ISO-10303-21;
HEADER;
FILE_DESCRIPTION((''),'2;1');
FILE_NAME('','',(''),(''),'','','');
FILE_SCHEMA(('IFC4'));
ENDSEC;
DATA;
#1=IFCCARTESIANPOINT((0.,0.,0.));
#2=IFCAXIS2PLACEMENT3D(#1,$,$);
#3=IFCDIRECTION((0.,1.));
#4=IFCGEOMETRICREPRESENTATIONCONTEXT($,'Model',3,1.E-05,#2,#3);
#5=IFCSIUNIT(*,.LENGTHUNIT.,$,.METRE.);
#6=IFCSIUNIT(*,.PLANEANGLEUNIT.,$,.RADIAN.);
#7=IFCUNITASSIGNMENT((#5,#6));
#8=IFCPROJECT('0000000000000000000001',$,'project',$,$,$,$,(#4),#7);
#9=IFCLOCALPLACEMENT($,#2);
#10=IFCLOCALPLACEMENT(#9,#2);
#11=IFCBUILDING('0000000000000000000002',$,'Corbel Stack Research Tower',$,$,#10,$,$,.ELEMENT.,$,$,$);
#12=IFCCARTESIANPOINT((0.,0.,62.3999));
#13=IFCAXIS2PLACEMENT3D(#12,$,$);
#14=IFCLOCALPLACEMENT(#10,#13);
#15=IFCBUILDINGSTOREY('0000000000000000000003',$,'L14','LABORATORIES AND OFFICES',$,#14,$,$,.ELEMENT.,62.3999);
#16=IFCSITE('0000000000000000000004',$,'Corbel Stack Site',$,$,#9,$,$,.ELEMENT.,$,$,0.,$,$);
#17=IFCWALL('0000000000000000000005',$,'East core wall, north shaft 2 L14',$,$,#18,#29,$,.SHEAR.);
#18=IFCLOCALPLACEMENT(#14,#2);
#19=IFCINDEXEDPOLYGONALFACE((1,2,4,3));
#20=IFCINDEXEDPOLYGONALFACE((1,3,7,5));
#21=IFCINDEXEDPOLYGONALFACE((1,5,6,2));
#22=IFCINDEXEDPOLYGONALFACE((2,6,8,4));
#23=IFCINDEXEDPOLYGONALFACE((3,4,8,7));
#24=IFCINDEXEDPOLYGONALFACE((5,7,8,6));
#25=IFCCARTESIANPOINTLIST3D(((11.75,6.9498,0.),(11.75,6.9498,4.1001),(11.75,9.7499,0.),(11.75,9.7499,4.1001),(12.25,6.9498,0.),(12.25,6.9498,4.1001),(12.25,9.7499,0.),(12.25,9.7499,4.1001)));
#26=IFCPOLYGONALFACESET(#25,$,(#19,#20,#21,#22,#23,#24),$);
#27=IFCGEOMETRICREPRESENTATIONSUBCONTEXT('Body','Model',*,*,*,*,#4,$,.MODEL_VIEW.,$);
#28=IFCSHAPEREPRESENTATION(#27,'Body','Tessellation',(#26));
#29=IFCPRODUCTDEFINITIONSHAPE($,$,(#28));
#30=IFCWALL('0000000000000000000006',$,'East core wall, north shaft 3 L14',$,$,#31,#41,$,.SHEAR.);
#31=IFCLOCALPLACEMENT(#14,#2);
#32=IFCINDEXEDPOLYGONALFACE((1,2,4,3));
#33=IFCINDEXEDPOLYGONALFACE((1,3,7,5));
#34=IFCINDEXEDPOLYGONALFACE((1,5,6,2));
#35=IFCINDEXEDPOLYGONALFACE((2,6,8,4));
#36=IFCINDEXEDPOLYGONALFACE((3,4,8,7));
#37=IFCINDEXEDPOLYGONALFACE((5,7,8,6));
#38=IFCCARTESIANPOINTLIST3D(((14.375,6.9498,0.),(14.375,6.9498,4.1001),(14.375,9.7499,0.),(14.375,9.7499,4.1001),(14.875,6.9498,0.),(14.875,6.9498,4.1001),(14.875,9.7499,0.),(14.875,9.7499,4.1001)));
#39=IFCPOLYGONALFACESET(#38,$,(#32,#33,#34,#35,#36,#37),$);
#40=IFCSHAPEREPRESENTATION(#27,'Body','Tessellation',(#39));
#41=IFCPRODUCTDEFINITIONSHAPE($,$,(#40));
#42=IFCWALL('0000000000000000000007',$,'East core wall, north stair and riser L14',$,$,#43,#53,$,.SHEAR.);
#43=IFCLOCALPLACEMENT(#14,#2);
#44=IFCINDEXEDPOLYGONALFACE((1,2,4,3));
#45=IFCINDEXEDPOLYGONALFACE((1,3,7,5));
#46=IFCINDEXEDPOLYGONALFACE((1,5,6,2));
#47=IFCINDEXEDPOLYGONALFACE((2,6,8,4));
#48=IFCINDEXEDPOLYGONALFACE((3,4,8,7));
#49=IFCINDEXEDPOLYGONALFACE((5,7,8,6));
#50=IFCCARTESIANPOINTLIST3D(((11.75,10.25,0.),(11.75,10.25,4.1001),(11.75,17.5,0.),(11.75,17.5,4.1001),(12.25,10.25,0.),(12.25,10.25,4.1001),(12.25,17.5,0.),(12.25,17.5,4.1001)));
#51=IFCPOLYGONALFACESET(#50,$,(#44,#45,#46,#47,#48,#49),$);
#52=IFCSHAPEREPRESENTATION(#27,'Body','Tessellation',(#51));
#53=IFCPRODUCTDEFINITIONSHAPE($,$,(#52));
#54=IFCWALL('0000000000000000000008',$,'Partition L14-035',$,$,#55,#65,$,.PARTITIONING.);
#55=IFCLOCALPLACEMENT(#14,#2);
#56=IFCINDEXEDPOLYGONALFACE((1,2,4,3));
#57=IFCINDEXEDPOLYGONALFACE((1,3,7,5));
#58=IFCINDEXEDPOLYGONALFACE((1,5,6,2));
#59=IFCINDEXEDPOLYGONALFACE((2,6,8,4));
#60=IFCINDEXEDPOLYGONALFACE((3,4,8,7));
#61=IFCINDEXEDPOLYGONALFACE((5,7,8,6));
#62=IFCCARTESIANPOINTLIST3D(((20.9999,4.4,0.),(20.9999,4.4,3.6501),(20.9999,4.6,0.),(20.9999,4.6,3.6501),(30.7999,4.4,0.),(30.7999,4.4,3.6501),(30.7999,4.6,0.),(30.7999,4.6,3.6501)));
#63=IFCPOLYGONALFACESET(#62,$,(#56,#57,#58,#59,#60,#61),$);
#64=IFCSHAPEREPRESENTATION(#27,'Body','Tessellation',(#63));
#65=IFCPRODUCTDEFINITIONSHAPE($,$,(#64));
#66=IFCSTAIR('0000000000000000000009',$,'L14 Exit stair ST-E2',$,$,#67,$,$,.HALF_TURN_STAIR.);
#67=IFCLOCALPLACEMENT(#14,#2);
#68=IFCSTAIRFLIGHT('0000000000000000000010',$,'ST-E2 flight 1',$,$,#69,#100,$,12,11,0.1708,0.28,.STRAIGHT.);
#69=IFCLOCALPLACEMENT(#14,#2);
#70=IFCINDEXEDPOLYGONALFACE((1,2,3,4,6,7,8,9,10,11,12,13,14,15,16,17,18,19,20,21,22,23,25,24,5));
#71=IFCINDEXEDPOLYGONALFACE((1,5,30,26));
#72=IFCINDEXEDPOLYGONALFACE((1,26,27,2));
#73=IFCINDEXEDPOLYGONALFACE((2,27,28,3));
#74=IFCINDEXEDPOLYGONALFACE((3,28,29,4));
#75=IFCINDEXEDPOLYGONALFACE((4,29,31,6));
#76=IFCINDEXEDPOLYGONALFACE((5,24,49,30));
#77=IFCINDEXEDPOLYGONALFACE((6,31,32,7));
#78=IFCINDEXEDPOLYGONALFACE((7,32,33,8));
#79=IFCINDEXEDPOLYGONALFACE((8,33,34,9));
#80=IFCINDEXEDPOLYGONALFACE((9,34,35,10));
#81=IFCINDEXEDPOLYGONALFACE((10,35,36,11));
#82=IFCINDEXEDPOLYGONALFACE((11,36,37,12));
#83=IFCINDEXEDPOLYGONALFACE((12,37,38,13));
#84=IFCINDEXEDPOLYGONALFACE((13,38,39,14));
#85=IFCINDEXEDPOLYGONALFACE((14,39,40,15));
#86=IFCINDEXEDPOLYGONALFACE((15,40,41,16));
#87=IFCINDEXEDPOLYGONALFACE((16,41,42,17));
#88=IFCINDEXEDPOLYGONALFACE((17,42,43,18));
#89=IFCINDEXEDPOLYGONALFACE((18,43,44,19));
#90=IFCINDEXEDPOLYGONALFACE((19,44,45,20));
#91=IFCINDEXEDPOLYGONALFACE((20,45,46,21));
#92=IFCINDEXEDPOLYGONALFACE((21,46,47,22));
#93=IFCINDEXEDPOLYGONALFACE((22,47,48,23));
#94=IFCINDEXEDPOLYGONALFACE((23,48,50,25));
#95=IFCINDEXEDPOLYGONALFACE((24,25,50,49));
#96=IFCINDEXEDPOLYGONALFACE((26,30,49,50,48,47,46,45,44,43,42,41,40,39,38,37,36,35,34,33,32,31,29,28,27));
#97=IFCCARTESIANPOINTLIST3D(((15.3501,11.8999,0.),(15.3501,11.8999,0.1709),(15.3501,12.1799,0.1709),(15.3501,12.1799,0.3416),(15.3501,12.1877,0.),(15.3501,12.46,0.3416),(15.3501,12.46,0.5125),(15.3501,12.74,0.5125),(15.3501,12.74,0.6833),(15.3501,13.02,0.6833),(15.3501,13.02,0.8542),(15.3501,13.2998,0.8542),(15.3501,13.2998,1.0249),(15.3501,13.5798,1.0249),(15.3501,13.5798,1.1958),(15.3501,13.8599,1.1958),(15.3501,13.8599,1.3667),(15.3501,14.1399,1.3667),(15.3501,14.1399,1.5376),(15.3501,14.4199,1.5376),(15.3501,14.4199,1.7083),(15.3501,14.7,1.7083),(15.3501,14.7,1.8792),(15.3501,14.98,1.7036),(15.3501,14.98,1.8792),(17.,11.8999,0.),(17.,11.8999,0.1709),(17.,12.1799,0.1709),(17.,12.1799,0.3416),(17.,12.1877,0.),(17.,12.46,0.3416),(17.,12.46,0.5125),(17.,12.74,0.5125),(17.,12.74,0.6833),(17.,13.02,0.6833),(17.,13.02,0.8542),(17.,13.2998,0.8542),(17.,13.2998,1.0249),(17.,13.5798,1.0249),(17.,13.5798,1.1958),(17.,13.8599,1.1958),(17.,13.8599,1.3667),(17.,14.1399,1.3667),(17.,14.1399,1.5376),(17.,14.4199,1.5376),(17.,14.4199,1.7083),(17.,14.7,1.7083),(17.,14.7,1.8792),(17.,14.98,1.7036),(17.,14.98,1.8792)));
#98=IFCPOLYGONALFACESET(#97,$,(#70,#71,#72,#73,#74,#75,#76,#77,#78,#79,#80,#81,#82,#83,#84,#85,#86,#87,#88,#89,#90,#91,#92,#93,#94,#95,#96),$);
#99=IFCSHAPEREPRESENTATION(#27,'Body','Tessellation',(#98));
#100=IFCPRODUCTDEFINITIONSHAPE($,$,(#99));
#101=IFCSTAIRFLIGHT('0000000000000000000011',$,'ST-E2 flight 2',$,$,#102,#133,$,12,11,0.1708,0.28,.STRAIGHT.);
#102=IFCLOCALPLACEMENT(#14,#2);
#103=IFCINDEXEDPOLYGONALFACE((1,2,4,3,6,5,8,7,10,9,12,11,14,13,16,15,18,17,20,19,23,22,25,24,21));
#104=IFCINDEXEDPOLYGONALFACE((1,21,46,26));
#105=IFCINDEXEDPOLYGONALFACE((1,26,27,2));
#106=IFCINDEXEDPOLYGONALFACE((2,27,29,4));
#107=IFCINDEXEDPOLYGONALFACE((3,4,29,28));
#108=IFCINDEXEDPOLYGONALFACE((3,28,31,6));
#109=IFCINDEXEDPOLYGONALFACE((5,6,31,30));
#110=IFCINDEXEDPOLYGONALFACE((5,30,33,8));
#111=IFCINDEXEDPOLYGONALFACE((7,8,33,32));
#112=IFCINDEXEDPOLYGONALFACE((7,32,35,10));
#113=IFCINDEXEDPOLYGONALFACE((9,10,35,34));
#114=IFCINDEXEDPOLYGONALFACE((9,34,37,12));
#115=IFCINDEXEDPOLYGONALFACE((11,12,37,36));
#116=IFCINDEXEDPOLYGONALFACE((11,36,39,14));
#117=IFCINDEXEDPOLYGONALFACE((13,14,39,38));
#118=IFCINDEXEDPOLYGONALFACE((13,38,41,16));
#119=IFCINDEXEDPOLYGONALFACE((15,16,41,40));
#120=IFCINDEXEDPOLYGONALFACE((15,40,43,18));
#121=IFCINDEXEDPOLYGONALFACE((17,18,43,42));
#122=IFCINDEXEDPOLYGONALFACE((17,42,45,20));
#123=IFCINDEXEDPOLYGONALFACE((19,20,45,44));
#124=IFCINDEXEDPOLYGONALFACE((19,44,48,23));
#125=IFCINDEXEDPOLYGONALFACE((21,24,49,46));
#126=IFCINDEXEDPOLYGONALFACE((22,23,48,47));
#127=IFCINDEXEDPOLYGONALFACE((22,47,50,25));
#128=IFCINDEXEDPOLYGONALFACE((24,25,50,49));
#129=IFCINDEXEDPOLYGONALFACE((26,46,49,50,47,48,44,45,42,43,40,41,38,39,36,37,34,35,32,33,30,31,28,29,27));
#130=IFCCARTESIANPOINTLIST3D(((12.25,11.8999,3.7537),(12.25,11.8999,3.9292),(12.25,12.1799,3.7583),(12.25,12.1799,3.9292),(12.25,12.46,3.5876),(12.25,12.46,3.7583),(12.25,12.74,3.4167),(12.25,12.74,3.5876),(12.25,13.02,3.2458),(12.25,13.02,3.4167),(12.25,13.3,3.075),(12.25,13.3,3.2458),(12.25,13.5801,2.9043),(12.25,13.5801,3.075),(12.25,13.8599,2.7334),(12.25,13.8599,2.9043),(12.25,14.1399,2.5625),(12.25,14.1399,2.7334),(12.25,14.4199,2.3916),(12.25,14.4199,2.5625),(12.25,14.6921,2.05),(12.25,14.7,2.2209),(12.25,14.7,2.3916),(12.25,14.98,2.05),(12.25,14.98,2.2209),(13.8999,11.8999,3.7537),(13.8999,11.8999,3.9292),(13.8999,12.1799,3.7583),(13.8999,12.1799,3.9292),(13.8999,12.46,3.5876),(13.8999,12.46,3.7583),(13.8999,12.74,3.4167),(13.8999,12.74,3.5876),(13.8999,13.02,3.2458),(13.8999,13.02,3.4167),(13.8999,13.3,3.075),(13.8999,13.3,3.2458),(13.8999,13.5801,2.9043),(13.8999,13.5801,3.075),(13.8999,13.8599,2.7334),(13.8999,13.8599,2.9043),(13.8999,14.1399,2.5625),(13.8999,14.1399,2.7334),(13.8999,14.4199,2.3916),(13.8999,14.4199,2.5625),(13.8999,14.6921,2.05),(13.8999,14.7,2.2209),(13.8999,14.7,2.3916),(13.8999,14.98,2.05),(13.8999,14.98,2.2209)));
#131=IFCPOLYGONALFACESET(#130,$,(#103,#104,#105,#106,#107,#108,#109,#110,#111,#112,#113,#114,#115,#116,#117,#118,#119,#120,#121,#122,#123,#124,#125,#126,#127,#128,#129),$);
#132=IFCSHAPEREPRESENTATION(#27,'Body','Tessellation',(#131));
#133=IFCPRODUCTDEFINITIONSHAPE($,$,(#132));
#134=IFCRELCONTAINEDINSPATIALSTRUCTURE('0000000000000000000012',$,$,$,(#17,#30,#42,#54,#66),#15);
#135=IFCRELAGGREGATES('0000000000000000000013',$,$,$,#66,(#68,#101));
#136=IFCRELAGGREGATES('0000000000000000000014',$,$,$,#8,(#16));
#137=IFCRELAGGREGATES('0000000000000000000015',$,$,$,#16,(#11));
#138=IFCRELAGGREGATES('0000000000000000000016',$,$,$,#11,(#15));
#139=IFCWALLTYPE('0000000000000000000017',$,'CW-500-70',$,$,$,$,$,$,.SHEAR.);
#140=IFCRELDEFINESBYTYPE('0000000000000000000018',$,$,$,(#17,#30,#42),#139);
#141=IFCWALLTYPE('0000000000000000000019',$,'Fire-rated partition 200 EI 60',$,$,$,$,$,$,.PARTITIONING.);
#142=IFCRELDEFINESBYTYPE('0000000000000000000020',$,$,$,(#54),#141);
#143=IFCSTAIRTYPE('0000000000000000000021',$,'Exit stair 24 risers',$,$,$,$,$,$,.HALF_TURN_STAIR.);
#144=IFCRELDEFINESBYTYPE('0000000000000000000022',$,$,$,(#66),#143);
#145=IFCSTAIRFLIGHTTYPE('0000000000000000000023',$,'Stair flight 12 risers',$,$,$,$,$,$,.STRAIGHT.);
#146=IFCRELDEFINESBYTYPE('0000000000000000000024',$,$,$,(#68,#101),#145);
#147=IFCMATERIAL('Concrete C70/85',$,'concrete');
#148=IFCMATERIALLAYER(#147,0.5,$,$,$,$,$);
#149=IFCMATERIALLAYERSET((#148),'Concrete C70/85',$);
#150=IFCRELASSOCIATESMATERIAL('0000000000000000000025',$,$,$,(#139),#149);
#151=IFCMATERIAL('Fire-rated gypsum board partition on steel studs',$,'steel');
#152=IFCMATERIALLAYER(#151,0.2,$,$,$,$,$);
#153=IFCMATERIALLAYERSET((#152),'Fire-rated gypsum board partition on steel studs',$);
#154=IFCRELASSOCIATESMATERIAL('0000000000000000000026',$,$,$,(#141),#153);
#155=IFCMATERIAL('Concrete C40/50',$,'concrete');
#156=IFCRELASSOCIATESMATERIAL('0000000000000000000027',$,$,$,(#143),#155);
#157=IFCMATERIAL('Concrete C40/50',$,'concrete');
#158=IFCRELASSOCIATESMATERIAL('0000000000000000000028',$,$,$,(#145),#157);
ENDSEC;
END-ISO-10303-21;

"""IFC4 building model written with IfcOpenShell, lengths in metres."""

from ifc_helpers import new_model, si_unit, direction, frame, frame_2d, origin, place, context, subcontext, project, spatial, polyline, rectangle, outline, extrude, material, layer, layer_set, type_object, element, aggregate, save


model = new_model("IFC4")

# Units and contexts
model_context = context("Model", 3, precision=1e-05, world=origin(), true_north=direction((0.0, 1.0)))
body_context = subcontext(model_context, "Body", "Model", "MODEL_VIEW")
ifc_project = project(units=[si_unit("LENGTHUNIT", "METRE"), si_unit("PLANEANGLEUNIT", "RADIAN")], contexts=[model_context])

# Site, building, storey
site_placement = place(None, origin())
site = spatial("IfcSite", under=ifc_project, at=site_placement, Name="Corbel Stack Site", CompositionType="ELEMENT", RefElevation=0.0)
building_placement = place(site_placement, origin())
building = spatial("IfcBuilding", under=site, at=building_placement, Name="Corbel Stack Research Tower", CompositionType="ELEMENT")
storey_placement = place(building_placement, frame((0.0, 0.0, 62.3999)))
storey = spatial("IfcBuildingStorey", under=building, at=storey_placement, Name="L14", Description="LABORATORIES AND OFFICES", CompositionType="ELEMENT", Elevation=62.3999)

# Walls
ifc_material_1 = material(Name="Concrete C70/85", Category="concrete")
ifc_layer_1 = layer(ifc_material_1, 0.5)
ifc_layer_set_1 = layer_set([ifc_layer_1], Name="Concrete C70/85")
wall_type_1 = type_object("IfcWallType", Name="CW-500-70", PredefinedType="SHEAR", material=ifc_layer_set_1)
for number, where, z_axis, x_axis, name in (
    (1, (12.0, 6.95, 0.0), (0.0, 0.0, 1.0), (0.0, 1.0, 0.0), "East core wall, north shaft 2 L14"),
    (2, (14.625, 6.95, 0.0), (0.0, 0.0, 1.0), (0.0, 1.0, 0.0), "East core wall, north shaft 3 L14"),
):
    element("IfcWall", number, at=place(storey_placement, frame(where, z_axis=z_axis, x_axis=x_axis)), inside=storey, type_object=wall_type_1, Name=name, PredefinedType="SHEAR", context=body_context, shape_type="SweptSolid", body=[
        extrude(rectangle(XDim=2.8, YDim=0.5, at=frame_2d((1.3999, 0.0))), origin(), (0.0, 0.0, 1.0), 4.1001),
    ])
wall_1_placement = place(storey_placement, frame((12.0, 10.25, 0.0), z_axis=(0.0, 0.0, 1.0), x_axis=(0.0, 1.0, 0.0)))
element("IfcWall", 3, at=wall_1_placement, inside=storey, type_object=wall_type_1, Name="East core wall, north stair and riser L14", PredefinedType="SHEAR", context=body_context, shape_type="SweptSolid", body=[
    extrude(rectangle(XDim=7.25, YDim=0.5, at=frame_2d((3.625, 0.0))), origin(), (0.0, 0.0, 1.0), 4.1001),
])
ifc_material_2 = material(Name="Fire-rated gypsum board partition on steel studs", Category="steel")
ifc_layer_2 = layer(ifc_material_2, 0.2)
ifc_layer_set_2 = layer_set([ifc_layer_2], Name="Fire-rated gypsum board partition on steel studs")
wall_type_2 = type_object("IfcWallType", Name="Fire-rated partition 200 EI 60", PredefinedType="PARTITIONING", material=ifc_layer_set_2)
wall_2_placement = place(storey_placement, frame((21.0, 4.5, 0.0), z_axis=(0.0, 0.0, 1.0), x_axis=(1.0, 0.0, 0.0)))
element("IfcWall", 4, at=wall_2_placement, inside=storey, type_object=wall_type_2, Name="Partition L14-035", PredefinedType="PARTITIONING", context=body_context, shape_type="SweptSolid", body=[
    extrude(rectangle(XDim=9.8, YDim=0.2, at=frame_2d((4.8999, 0.0))), origin(), (0.0, 0.0, 1.0), 3.6501),
])

# Stair, stair flights
ifc_material_3 = material(Name="Concrete C40/50", Category="concrete")
stair_type = type_object("IfcStairType", Name="Exit stair 24 risers", PredefinedType="HALF_TURN_STAIR", material=ifc_material_3)
stair_placement = place(storey_placement, origin())
stair = element("IfcStair", 5, at=stair_placement, inside=storey, type_object=stair_type, Name="L14 Exit stair ST-E2", PredefinedType="HALF_TURN_STAIR")
ifc_material_4 = material(Name="Concrete C40/50", Category="concrete")
stair_flight_type = type_object("IfcStairFlightType", Name="Stair flight 12 risers", PredefinedType="STRAIGHT", material=ifc_material_4)
stair_flight_1_placement = place(storey_placement, frame((16.175, 11.8999, 0.0), z_axis=(0.0, 0.0, 1.0), x_axis=(0.0, 1.0, 0.0)))
stair_flight_1 = element("IfcStairFlight", 6, at=stair_flight_1_placement, type_object=stair_flight_type, Name="ST-E2 flight 1", NumberOfRisers=12, NumberOfTreads=11, PredefinedType="STRAIGHT", RiserHeight=0.1708, TreadLength=0.28, context=body_context, shape_type="SweptSolid", body=[
    extrude(outline(polyline([(0.0, 0.0), (0.0, 0.1709), (0.28, 0.1709), (0.28, 0.3416), (0.5601, 0.3416), (0.5601, 0.5125), (0.8401, 0.5125), (0.8401, 0.6833), (1.1201, 0.6833), (1.1201, 0.8542), (1.3999, 0.8542), (1.3999, 1.0249), (1.6799, 1.0249), (1.6799, 1.1958), (1.96, 1.1958), (1.96, 1.3667), (2.24, 1.3667), (2.24, 1.5376), (2.52, 1.5376), (2.52, 1.7083), (2.8, 1.7083), (2.8, 1.8792), (3.0801, 1.8792), (3.0801, 2.05), (3.0801, 1.7036), (0.2878, 0.0), (0.0, 0.0)])), frame((0.0, 0.825, 0.0), z_axis=(0.0, -1.0, 0.0), x_axis=(1.0, 0.0, 0.0)), (0.0, 0.0, 1.0), 1.6499),
])
stair_flight_2_placement = place(storey_placement, frame((13.075, 14.98, 2.05), z_axis=(0.0, 0.0, 1.0), x_axis=(0.0, -1.0, 0.0)))
stair_flight_2 = element("IfcStairFlight", 7, at=stair_flight_2_placement, type_object=stair_flight_type, Name="ST-E2 flight 2", NumberOfRisers=12, NumberOfTreads=11, PredefinedType="STRAIGHT", RiserHeight=0.1708, TreadLength=0.28, context=body_context, shape_type="SweptSolid", body=[
    extrude(outline(polyline([(0.0, 0.0), (0.0, 0.1709), (0.28, 0.1709), (0.28, 0.3416), (0.5601, 0.3416), (0.5601, 0.5125), (0.8401, 0.5125), (0.8401, 0.6833), (1.1201, 0.6833), (1.1201, 0.8542), (1.3999, 0.8542), (1.3999, 1.0249), (1.6799, 1.0249), (1.6799, 1.1958), (1.96, 1.1958), (1.96, 1.3667), (2.24, 1.3667), (2.24, 1.5376), (2.52, 1.5376), (2.52, 1.7083), (2.8, 1.7083), (2.8, 1.8792), (3.0801, 1.8792), (3.0801, 2.05), (3.0801, 1.7036), (0.2878, 0.0), (0.0, 0.0)])), frame((0.0, 0.825, 0.0), z_axis=(0.0, -1.0, 0.0), x_axis=(1.0, 0.0, 0.0)), (0.0, 0.0, 1.0), 1.6499),
])
aggregate(stair, [stair_flight_1, stair_flight_2])

save(model, "model.ifc")
